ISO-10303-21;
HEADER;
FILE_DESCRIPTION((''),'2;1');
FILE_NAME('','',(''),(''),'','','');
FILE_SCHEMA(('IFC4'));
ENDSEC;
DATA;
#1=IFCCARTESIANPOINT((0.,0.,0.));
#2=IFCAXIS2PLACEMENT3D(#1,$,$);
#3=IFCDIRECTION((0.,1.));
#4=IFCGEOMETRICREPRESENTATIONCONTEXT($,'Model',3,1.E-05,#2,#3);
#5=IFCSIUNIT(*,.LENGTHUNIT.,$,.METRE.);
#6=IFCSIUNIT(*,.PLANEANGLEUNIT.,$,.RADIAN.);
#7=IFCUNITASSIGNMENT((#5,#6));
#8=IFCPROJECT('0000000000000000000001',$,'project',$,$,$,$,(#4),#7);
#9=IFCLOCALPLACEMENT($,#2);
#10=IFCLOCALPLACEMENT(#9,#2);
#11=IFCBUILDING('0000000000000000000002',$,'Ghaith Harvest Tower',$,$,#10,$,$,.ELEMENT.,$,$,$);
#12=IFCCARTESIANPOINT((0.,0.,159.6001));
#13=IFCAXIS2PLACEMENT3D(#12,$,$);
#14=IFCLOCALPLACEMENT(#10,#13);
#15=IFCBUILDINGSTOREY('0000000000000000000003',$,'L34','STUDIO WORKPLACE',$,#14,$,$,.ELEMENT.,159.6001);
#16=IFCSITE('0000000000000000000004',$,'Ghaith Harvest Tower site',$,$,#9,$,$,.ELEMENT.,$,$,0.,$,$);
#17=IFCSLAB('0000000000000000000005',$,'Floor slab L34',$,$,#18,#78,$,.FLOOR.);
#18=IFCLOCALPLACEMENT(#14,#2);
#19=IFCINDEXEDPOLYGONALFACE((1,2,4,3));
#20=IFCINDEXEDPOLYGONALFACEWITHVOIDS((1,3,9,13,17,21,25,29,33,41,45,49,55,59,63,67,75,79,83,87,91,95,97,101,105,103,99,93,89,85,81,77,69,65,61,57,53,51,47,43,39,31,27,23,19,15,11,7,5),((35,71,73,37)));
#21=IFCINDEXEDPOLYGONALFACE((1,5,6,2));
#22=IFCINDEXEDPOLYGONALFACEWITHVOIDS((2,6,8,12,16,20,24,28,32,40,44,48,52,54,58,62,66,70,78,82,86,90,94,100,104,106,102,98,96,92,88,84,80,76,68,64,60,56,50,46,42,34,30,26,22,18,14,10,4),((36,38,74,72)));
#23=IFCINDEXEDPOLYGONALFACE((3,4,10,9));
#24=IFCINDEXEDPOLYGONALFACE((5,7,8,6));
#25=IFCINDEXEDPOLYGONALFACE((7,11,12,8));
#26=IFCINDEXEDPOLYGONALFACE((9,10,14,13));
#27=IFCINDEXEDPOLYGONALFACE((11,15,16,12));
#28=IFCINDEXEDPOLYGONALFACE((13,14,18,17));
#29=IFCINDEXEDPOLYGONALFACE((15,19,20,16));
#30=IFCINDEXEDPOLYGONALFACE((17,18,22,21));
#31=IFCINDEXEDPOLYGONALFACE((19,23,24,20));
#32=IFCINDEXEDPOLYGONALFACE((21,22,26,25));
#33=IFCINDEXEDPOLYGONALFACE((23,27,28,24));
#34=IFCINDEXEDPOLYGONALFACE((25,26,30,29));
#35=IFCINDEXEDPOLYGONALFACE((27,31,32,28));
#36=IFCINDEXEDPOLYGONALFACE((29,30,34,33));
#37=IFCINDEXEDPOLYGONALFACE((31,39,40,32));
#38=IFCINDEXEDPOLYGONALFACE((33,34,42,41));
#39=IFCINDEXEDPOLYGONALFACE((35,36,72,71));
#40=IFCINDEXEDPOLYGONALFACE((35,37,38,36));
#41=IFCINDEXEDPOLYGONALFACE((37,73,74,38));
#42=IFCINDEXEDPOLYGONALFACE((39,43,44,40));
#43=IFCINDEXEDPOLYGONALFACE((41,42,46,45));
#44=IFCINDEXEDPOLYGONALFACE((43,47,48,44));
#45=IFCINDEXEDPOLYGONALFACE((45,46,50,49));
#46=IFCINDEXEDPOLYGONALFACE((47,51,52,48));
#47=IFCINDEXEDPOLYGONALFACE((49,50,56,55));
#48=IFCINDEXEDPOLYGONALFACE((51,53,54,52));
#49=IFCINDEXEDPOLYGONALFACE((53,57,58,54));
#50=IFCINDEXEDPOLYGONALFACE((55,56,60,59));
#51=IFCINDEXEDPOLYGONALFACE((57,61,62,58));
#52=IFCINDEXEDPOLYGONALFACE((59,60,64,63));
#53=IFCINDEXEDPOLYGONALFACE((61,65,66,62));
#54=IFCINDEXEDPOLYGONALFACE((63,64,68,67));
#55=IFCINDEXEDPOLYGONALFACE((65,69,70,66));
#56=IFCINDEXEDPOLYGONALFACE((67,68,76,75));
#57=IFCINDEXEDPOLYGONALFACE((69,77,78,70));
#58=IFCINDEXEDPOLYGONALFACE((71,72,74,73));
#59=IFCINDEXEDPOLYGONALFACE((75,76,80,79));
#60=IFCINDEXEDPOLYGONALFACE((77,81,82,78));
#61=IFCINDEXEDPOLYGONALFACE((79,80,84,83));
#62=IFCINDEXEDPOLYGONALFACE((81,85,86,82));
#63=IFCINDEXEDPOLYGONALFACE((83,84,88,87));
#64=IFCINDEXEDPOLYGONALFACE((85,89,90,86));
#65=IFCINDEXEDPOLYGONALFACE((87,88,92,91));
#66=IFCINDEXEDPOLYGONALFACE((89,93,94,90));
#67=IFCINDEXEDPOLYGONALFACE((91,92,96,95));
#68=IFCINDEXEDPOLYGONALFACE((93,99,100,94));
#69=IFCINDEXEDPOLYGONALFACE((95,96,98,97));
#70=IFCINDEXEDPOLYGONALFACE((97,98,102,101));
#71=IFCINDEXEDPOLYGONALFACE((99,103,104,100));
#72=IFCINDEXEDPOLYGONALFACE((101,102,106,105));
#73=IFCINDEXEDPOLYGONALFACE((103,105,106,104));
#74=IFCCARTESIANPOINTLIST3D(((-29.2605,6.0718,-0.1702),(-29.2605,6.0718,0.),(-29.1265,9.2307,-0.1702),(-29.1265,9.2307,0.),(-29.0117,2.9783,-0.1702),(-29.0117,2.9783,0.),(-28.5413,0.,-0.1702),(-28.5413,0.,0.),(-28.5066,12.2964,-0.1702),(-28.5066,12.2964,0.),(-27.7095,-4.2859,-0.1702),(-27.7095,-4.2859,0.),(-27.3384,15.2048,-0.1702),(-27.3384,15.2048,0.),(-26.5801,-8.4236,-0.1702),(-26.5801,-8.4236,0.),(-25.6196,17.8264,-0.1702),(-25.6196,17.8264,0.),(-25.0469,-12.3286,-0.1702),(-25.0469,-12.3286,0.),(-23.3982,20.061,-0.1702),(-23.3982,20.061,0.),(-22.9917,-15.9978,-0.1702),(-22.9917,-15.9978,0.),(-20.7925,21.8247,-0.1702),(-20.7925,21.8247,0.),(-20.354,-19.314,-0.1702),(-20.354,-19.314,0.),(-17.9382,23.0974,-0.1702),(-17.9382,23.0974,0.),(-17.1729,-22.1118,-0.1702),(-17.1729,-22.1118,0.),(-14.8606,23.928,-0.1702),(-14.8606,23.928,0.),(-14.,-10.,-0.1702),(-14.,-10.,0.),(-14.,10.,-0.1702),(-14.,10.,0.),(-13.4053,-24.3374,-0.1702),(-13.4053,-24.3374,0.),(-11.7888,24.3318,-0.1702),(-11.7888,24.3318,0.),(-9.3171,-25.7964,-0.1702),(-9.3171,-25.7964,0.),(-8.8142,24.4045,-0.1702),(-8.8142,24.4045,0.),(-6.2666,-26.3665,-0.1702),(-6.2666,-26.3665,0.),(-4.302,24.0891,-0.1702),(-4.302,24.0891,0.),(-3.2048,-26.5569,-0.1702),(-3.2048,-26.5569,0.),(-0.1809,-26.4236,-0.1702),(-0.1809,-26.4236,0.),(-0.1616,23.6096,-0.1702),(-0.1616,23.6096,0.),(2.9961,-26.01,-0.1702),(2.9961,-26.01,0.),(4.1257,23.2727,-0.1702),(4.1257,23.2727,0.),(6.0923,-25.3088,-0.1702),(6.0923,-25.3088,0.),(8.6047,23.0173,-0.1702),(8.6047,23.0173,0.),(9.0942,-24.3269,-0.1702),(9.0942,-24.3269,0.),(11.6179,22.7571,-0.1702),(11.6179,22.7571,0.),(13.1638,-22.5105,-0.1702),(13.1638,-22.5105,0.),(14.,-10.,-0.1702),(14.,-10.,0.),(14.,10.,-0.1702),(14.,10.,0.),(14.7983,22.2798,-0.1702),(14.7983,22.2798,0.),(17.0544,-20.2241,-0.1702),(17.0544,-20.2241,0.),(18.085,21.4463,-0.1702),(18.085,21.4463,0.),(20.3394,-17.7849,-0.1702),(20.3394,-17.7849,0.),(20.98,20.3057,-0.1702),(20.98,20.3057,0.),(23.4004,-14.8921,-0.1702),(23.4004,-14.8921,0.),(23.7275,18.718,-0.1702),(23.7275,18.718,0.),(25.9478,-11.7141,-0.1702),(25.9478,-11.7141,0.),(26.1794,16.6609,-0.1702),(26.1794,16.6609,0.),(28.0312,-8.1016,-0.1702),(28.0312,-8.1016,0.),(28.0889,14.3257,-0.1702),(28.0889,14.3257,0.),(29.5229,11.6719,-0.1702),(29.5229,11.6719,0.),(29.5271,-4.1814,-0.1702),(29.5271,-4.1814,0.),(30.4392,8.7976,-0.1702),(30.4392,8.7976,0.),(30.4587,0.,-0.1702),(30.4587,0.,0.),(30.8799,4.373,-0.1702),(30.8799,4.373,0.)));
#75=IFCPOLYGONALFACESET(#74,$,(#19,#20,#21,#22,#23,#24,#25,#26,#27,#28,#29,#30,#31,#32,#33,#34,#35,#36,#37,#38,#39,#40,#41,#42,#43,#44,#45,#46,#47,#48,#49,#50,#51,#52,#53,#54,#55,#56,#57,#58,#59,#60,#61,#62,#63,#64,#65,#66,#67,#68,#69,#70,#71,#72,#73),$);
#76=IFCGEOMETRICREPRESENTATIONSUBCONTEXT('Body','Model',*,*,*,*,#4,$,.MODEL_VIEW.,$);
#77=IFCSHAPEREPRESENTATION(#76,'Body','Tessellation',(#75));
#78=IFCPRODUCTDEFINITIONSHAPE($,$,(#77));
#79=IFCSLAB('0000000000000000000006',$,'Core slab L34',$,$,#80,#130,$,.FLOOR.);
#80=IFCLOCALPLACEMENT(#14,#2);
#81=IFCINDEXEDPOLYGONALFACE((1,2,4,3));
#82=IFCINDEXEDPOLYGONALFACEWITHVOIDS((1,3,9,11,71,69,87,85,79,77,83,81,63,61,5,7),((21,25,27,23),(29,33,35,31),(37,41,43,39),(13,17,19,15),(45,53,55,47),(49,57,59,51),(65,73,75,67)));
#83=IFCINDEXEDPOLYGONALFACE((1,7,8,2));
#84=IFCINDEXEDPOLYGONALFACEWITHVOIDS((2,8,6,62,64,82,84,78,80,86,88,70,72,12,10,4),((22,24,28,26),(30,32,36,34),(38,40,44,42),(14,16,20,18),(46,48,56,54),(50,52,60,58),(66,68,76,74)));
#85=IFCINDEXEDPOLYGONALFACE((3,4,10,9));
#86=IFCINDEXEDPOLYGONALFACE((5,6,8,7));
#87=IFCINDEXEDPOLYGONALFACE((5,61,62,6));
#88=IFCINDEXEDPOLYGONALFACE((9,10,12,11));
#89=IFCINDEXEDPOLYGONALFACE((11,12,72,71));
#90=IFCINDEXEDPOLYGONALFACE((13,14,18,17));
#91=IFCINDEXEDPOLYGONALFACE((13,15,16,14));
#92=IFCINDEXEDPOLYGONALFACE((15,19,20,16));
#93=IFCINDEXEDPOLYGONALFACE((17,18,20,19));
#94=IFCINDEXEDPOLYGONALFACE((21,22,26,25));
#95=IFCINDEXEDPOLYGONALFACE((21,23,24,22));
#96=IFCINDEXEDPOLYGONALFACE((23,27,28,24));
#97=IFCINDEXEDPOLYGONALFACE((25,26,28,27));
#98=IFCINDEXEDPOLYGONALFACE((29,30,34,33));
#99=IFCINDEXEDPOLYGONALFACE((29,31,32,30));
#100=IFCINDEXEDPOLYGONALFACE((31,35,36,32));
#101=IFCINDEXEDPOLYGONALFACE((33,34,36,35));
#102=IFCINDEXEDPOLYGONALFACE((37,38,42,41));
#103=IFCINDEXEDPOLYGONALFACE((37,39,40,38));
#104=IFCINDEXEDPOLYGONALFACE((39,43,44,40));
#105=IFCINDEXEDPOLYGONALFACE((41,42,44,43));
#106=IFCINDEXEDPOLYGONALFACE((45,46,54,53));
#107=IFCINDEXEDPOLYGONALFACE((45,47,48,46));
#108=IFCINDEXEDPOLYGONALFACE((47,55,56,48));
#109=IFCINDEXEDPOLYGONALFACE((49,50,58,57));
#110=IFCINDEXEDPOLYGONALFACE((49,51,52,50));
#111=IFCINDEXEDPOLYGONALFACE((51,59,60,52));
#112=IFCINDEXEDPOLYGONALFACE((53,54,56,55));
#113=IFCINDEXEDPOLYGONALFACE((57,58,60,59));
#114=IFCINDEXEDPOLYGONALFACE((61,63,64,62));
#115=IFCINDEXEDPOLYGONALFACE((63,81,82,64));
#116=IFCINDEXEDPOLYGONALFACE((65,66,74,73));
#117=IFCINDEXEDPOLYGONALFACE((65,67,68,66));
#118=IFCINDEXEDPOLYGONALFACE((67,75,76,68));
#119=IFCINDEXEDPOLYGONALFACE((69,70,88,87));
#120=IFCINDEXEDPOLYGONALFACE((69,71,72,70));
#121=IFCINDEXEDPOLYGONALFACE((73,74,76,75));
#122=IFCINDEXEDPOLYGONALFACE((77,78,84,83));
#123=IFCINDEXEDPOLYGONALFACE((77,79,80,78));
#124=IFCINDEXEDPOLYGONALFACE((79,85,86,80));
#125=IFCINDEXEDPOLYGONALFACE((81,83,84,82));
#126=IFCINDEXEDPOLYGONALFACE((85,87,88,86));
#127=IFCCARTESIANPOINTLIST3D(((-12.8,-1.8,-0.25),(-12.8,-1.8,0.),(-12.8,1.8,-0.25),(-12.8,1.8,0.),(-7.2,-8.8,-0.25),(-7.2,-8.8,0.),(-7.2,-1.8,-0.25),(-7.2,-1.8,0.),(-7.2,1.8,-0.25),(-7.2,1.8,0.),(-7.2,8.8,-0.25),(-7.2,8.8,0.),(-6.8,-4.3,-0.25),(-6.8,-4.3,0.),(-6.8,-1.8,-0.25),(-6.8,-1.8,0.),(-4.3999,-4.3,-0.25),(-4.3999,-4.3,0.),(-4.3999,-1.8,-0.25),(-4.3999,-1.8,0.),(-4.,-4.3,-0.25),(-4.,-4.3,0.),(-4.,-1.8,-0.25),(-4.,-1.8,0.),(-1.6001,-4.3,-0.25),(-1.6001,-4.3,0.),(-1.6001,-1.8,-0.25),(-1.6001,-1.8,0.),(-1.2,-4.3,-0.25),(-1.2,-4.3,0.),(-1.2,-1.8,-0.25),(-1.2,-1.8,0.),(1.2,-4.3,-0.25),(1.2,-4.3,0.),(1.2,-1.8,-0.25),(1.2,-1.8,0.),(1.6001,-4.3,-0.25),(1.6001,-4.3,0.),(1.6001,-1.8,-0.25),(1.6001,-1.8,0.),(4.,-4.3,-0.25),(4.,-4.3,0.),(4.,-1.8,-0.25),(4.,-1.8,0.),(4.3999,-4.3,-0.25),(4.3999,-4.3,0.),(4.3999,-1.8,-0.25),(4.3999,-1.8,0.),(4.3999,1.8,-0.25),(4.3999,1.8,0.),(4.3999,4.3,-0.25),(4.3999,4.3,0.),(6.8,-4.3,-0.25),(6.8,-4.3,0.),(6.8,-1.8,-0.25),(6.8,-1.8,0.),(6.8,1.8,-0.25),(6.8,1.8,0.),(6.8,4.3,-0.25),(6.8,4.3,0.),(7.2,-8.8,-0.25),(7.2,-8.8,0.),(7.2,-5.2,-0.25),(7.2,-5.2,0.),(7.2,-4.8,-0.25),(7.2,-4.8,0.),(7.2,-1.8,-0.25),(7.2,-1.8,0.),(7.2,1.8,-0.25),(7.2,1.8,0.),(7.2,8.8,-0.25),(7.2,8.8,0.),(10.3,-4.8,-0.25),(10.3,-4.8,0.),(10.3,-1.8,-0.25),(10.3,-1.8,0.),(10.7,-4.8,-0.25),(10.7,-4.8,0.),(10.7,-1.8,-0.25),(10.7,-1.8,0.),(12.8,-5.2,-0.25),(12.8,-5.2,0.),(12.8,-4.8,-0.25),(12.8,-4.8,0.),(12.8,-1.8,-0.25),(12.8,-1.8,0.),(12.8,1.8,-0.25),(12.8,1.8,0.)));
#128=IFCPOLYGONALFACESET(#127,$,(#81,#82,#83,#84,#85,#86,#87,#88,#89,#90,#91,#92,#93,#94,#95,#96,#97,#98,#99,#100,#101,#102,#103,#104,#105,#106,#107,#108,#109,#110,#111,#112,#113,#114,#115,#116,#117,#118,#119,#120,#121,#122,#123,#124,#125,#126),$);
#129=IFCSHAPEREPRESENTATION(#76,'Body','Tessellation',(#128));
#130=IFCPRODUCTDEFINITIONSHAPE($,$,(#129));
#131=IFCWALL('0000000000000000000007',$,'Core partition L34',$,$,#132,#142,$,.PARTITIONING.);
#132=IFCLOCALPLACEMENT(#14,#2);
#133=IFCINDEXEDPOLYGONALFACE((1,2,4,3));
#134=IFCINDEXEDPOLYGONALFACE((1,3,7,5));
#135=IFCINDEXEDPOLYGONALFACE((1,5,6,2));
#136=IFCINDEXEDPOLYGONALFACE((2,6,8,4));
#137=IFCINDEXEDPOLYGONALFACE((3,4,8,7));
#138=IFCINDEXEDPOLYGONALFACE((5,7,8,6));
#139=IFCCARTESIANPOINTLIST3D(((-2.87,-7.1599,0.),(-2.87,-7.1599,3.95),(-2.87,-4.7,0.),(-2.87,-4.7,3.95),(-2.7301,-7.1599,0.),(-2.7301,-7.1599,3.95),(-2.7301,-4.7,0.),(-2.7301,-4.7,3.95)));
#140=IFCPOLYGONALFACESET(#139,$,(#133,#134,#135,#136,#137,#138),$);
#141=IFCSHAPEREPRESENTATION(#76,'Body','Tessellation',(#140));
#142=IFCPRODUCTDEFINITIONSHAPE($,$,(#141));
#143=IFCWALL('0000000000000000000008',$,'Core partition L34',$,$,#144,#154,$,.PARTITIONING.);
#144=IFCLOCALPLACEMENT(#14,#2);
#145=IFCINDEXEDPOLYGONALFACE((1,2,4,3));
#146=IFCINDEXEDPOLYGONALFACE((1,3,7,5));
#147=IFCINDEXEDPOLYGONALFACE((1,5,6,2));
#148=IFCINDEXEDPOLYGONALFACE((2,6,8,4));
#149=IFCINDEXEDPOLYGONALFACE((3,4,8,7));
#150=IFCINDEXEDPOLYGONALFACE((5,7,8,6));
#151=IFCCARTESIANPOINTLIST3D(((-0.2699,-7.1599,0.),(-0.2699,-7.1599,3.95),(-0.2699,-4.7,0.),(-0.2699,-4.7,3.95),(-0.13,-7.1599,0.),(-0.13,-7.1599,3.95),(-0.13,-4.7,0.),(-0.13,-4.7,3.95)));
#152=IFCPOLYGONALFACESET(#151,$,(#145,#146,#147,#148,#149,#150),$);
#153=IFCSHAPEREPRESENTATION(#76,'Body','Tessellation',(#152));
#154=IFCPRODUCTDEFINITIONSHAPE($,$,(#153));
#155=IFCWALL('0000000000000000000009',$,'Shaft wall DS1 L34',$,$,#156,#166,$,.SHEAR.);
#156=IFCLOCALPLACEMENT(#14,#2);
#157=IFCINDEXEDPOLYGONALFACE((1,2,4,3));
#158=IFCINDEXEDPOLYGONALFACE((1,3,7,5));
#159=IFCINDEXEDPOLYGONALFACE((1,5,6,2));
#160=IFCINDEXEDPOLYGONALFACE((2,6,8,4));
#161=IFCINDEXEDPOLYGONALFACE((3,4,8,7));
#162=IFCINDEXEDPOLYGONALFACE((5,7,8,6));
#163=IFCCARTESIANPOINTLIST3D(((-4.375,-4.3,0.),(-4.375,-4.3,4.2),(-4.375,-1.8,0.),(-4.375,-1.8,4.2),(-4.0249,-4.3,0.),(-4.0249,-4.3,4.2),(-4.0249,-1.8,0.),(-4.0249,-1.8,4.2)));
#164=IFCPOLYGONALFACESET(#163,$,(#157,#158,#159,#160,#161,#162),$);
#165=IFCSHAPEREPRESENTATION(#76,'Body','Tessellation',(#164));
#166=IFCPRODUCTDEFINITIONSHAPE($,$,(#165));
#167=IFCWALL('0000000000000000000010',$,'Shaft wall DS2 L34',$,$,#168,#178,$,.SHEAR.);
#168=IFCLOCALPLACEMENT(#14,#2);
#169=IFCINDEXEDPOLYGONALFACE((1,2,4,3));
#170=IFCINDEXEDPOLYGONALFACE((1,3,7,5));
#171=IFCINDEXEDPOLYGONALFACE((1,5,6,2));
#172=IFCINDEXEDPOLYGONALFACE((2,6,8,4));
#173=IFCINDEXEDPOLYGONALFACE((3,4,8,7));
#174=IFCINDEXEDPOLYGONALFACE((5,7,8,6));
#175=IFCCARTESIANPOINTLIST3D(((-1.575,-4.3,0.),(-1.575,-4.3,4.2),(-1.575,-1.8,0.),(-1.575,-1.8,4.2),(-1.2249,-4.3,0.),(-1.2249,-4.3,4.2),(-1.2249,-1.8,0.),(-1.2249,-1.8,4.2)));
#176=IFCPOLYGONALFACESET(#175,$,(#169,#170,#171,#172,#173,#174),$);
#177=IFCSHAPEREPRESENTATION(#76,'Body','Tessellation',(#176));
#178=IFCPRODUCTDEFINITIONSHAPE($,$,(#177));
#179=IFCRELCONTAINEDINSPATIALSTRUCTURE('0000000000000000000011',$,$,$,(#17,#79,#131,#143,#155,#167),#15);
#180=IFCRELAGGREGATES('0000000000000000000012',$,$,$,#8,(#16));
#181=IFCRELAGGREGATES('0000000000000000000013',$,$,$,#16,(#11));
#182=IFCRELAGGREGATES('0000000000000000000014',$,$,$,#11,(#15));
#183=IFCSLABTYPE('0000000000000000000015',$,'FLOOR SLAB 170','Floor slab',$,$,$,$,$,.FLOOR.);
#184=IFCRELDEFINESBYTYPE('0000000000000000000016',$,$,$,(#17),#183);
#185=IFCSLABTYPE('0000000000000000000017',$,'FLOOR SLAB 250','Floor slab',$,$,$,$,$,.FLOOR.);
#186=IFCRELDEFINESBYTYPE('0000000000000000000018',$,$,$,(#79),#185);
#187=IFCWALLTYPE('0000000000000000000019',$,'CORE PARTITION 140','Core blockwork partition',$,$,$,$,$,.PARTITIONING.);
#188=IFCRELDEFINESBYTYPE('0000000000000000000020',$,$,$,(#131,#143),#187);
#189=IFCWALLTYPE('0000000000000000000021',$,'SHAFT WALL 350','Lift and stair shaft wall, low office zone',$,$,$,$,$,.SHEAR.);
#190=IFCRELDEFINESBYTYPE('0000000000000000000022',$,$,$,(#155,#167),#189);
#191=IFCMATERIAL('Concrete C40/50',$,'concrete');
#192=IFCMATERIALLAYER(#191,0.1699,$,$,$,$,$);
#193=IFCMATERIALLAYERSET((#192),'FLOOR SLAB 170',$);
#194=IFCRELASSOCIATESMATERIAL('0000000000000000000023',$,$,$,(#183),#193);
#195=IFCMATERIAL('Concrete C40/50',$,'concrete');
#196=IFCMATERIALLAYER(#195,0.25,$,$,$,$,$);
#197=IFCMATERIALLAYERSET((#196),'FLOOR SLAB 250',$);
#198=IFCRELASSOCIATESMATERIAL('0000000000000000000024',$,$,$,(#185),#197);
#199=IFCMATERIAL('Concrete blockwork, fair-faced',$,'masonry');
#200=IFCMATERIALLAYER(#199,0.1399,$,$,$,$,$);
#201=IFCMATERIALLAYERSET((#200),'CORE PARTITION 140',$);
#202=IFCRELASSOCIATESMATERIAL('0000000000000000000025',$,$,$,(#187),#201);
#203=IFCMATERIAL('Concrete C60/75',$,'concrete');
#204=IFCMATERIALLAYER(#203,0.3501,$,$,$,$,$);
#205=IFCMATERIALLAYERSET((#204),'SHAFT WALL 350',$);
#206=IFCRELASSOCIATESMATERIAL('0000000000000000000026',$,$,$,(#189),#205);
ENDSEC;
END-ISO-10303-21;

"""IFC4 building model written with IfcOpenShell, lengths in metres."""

from ifc_helpers import new_model, si_unit, direction, frame, frame_2d, origin, place, context, subcontext, project, spatial, polyline, rectangle, outline, extrude, material, layer, layer_set, type_object, element, save


model = new_model("IFC4")

# Units and contexts
model_context = context("Model", 3, precision=1e-05, world=origin(), true_north=direction((0.0, 1.0)))
body_context = subcontext(model_context, "Body", "Model", "MODEL_VIEW")
ifc_project = project(units=[si_unit("LENGTHUNIT", "METRE"), si_unit("PLANEANGLEUNIT", "RADIAN")], contexts=[model_context])

# Site, building, storey
site_placement = place(None, origin())
site = spatial("IfcSite", under=ifc_project, at=site_placement, Name="Ghaith Harvest Tower site", CompositionType="ELEMENT", RefElevation=0.0)
building_placement = place(site_placement, origin())
building = spatial("IfcBuilding", under=site, at=building_placement, Name="Ghaith Harvest Tower", CompositionType="ELEMENT")
storey_placement = place(building_placement, frame((0.0, 0.0, 159.6001)))
storey = spatial("IfcBuildingStorey", under=building, at=storey_placement, Name="L34", Description="STUDIO WORKPLACE", CompositionType="ELEMENT", Elevation=159.6001)

# Slabs
ifc_material_1 = material(Name="Concrete C40/50", Category="concrete")
ifc_layer_1 = layer(ifc_material_1, 0.1699)
ifc_layer_set_1 = layer_set([ifc_layer_1], Name="FLOOR SLAB 170")
slab_type_1 = type_object("IfcSlabType", Name="FLOOR SLAB 170", Description="Floor slab", PredefinedType="FLOOR", material=ifc_layer_set_1)
slab_1_placement = place(storey_placement, frame((0.0, 0.0, -0.1702)))
element("IfcSlab", 1, at=slab_1_placement, inside=storey, type_object=slab_type_1, Name="Floor slab L34", PredefinedType="FLOOR", context=body_context, shape_type="SweptSolid", body=[
    extrude(outline(polyline([(30.4587, 0.0), (30.8799, 4.373), (30.4392, 8.7976), (29.5229, 11.6719), (28.0889, 14.3257), (26.1794, 16.6609), (23.7275, 18.718), (20.98, 20.3057), (18.085, 21.4463), (14.7983, 22.2798), (11.6179, 22.7571), (8.6047, 23.0173), (4.1257, 23.2727), (-0.1616, 23.6096), (-4.302, 24.0891), (-8.8142, 24.4045), (-11.7888, 24.3318), (-14.8606, 23.928), (-17.9382, 23.0974), (-20.7925, 21.8247), (-23.3982, 20.061), (-25.6196, 17.8264), (-27.3384, 15.2048), (-28.5066, 12.2964), (-29.1265, 9.2307), (-29.2605, 6.0718), (-29.0117, 2.9783), (-28.5413, 0.0), (-27.7095, -4.2859), (-26.5801, -8.4236), (-25.0469, -12.3286), (-22.9917, -15.9978), (-20.354, -19.314), (-17.1729, -22.1118), (-13.4053, -24.3374), (-9.3171, -25.7964), (-6.2666, -26.3665), (-3.2048, -26.5569), (-0.1809, -26.4236), (2.9961, -26.01), (6.0923, -25.3088), (9.0942, -24.3269), (13.1638, -22.5105), (17.0544, -20.2241), (20.3394, -17.7849), (23.4004, -14.8921), (25.9478, -11.7141), (28.0312, -8.1016), (29.5271, -4.1814), (30.4587, 0.0)]), holes=[polyline([(-14.0, -10.0), (14.0, -10.0), (14.0, 10.0), (-14.0, 10.0), (-14.0, -10.0)])]), origin(), (0.0, 0.0, 1.0), 0.1702),
])
ifc_material_2 = material(Name="Concrete C40/50", Category="concrete")
ifc_layer_2 = layer(ifc_material_2, 0.25)
ifc_layer_set_2 = layer_set([ifc_layer_2], Name="FLOOR SLAB 250")
slab_type_2 = type_object("IfcSlabType", Name="FLOOR SLAB 250", Description="Floor slab", PredefinedType="FLOOR", material=ifc_layer_set_2)
slab_2_placement = place(storey_placement, frame((0.0, 0.0, -0.25)))
element("IfcSlab", 2, at=slab_2_placement, inside=storey, type_object=slab_type_2, Name="Core slab L34", PredefinedType="FLOOR", context=body_context, shape_type="SweptSolid", body=[
    extrude(outline(polyline([(-12.8, 1.8), (-7.2, 1.8), (-7.2, 8.8), (7.2, 8.8), (7.2, 1.8), (12.8, 1.8), (12.8, -1.8), (10.7, -1.8), (10.7, -4.8), (12.8, -4.8), (12.8, -5.2), (7.2, -5.2), (7.2, -8.8), (-7.2, -8.8), (-7.2, -1.8), (-12.8, -1.8), (-12.8, 1.8)]), holes=[polyline([(-4.3999, -4.3), (-4.3999, -1.8), (-6.8, -1.8), (-6.8, -4.3), (-4.3999, -4.3)]), polyline([(-1.6001, -4.3), (-1.6001, -1.8), (-4.0, -1.8), (-4.0, -4.3), (-1.6001, -4.3)]), polyline([(1.2, -1.8), (-1.2, -1.8), (-1.2, -4.3), (1.2, -4.3), (1.2, -1.8)]), polyline([(4.0, -4.3), (4.0, -1.8), (1.6001, -1.8), (1.6001, -4.3), (4.0, -4.3)]), polyline([(10.3, -4.8), (10.3, -1.8), (7.2, -1.8), (7.2, -4.8), (10.3, -4.8)]), polyline([(6.8, -1.8), (4.3999, -1.8), (4.3999, -4.3), (6.8, -4.3), (6.8, -1.8)]), polyline([(6.8, 1.8), (6.8, 4.3), (4.3999, 4.3), (4.3999, 1.8), (6.8, 1.8)])]), origin(), (0.0, 0.0, 1.0), 0.25),
])

# Walls
ifc_material_3 = material(Name="Concrete blockwork, fair-faced", Category="masonry")
ifc_layer_3 = layer(ifc_material_3, 0.1399)
ifc_layer_set_3 = layer_set([ifc_layer_3], Name="CORE PARTITION 140")
wall_type_1 = type_object("IfcWallType", Name="CORE PARTITION 140", Description="Core blockwork partition", PredefinedType="PARTITIONING", material=ifc_layer_set_3)
for number, where, z_axis, x_axis, name in (
    (3, (-2.8, -4.7, 0.0), (0.0, 0.0, 1.0), (0.0, -1.0, 0.0), "Core partition L34"),
    (4, (-0.2, -4.7, 0.0), (0.0, 0.0, 1.0), (0.0, -1.0, 0.0), "Core partition L34"),
):
    element("IfcWall", number, at=place(storey_placement, frame(where, z_axis=z_axis, x_axis=x_axis)), inside=storey, type_object=wall_type_1, Name=name, PredefinedType="PARTITIONING", context=body_context, shape_type="SweptSolid", body=[
        extrude(rectangle(XDim=2.46, YDim=0.1399, at=frame_2d((1.23, 0.0))), origin(), (0.0, 0.0, 1.0), 3.95),
    ])

# Shared definitions
ifc_material_4 = material(Name="Concrete C60/75", Category="concrete")
ifc_layer_4 = layer(ifc_material_4, 0.3501)
ifc_layer_set_4 = layer_set([ifc_layer_4], Name="SHAFT WALL 350")
wall_type_2 = type_object("IfcWallType", Name="SHAFT WALL 350", Description="Lift and stair shaft wall, low office zone", PredefinedType="SHEAR", material=ifc_layer_set_4)

# Walls
for number, where, z_axis, x_axis, name in (
    (5, (-4.2, -4.3, 0.0), (0.0, 0.0, 1.0), (0.0, 1.0, 0.0), "Shaft wall DS1 L34"),
    (6, (-1.3999, -4.3, 0.0), (0.0, 0.0, 1.0), (0.0, 1.0, 0.0), "Shaft wall DS2 L34"),
):
    element("IfcWall", number, at=place(storey_placement, frame(where, z_axis=z_axis, x_axis=x_axis)), inside=storey, type_object=wall_type_2, Name=name, PredefinedType="SHEAR", context=body_context, shape_type="SweptSolid", body=[
        extrude(rectangle(XDim=2.5, YDim=0.3501, at=frame_2d((1.25, 0.0))), origin(), (0.0, 0.0, 1.0), 4.2),
    ])

save(model, "model.ifc")
